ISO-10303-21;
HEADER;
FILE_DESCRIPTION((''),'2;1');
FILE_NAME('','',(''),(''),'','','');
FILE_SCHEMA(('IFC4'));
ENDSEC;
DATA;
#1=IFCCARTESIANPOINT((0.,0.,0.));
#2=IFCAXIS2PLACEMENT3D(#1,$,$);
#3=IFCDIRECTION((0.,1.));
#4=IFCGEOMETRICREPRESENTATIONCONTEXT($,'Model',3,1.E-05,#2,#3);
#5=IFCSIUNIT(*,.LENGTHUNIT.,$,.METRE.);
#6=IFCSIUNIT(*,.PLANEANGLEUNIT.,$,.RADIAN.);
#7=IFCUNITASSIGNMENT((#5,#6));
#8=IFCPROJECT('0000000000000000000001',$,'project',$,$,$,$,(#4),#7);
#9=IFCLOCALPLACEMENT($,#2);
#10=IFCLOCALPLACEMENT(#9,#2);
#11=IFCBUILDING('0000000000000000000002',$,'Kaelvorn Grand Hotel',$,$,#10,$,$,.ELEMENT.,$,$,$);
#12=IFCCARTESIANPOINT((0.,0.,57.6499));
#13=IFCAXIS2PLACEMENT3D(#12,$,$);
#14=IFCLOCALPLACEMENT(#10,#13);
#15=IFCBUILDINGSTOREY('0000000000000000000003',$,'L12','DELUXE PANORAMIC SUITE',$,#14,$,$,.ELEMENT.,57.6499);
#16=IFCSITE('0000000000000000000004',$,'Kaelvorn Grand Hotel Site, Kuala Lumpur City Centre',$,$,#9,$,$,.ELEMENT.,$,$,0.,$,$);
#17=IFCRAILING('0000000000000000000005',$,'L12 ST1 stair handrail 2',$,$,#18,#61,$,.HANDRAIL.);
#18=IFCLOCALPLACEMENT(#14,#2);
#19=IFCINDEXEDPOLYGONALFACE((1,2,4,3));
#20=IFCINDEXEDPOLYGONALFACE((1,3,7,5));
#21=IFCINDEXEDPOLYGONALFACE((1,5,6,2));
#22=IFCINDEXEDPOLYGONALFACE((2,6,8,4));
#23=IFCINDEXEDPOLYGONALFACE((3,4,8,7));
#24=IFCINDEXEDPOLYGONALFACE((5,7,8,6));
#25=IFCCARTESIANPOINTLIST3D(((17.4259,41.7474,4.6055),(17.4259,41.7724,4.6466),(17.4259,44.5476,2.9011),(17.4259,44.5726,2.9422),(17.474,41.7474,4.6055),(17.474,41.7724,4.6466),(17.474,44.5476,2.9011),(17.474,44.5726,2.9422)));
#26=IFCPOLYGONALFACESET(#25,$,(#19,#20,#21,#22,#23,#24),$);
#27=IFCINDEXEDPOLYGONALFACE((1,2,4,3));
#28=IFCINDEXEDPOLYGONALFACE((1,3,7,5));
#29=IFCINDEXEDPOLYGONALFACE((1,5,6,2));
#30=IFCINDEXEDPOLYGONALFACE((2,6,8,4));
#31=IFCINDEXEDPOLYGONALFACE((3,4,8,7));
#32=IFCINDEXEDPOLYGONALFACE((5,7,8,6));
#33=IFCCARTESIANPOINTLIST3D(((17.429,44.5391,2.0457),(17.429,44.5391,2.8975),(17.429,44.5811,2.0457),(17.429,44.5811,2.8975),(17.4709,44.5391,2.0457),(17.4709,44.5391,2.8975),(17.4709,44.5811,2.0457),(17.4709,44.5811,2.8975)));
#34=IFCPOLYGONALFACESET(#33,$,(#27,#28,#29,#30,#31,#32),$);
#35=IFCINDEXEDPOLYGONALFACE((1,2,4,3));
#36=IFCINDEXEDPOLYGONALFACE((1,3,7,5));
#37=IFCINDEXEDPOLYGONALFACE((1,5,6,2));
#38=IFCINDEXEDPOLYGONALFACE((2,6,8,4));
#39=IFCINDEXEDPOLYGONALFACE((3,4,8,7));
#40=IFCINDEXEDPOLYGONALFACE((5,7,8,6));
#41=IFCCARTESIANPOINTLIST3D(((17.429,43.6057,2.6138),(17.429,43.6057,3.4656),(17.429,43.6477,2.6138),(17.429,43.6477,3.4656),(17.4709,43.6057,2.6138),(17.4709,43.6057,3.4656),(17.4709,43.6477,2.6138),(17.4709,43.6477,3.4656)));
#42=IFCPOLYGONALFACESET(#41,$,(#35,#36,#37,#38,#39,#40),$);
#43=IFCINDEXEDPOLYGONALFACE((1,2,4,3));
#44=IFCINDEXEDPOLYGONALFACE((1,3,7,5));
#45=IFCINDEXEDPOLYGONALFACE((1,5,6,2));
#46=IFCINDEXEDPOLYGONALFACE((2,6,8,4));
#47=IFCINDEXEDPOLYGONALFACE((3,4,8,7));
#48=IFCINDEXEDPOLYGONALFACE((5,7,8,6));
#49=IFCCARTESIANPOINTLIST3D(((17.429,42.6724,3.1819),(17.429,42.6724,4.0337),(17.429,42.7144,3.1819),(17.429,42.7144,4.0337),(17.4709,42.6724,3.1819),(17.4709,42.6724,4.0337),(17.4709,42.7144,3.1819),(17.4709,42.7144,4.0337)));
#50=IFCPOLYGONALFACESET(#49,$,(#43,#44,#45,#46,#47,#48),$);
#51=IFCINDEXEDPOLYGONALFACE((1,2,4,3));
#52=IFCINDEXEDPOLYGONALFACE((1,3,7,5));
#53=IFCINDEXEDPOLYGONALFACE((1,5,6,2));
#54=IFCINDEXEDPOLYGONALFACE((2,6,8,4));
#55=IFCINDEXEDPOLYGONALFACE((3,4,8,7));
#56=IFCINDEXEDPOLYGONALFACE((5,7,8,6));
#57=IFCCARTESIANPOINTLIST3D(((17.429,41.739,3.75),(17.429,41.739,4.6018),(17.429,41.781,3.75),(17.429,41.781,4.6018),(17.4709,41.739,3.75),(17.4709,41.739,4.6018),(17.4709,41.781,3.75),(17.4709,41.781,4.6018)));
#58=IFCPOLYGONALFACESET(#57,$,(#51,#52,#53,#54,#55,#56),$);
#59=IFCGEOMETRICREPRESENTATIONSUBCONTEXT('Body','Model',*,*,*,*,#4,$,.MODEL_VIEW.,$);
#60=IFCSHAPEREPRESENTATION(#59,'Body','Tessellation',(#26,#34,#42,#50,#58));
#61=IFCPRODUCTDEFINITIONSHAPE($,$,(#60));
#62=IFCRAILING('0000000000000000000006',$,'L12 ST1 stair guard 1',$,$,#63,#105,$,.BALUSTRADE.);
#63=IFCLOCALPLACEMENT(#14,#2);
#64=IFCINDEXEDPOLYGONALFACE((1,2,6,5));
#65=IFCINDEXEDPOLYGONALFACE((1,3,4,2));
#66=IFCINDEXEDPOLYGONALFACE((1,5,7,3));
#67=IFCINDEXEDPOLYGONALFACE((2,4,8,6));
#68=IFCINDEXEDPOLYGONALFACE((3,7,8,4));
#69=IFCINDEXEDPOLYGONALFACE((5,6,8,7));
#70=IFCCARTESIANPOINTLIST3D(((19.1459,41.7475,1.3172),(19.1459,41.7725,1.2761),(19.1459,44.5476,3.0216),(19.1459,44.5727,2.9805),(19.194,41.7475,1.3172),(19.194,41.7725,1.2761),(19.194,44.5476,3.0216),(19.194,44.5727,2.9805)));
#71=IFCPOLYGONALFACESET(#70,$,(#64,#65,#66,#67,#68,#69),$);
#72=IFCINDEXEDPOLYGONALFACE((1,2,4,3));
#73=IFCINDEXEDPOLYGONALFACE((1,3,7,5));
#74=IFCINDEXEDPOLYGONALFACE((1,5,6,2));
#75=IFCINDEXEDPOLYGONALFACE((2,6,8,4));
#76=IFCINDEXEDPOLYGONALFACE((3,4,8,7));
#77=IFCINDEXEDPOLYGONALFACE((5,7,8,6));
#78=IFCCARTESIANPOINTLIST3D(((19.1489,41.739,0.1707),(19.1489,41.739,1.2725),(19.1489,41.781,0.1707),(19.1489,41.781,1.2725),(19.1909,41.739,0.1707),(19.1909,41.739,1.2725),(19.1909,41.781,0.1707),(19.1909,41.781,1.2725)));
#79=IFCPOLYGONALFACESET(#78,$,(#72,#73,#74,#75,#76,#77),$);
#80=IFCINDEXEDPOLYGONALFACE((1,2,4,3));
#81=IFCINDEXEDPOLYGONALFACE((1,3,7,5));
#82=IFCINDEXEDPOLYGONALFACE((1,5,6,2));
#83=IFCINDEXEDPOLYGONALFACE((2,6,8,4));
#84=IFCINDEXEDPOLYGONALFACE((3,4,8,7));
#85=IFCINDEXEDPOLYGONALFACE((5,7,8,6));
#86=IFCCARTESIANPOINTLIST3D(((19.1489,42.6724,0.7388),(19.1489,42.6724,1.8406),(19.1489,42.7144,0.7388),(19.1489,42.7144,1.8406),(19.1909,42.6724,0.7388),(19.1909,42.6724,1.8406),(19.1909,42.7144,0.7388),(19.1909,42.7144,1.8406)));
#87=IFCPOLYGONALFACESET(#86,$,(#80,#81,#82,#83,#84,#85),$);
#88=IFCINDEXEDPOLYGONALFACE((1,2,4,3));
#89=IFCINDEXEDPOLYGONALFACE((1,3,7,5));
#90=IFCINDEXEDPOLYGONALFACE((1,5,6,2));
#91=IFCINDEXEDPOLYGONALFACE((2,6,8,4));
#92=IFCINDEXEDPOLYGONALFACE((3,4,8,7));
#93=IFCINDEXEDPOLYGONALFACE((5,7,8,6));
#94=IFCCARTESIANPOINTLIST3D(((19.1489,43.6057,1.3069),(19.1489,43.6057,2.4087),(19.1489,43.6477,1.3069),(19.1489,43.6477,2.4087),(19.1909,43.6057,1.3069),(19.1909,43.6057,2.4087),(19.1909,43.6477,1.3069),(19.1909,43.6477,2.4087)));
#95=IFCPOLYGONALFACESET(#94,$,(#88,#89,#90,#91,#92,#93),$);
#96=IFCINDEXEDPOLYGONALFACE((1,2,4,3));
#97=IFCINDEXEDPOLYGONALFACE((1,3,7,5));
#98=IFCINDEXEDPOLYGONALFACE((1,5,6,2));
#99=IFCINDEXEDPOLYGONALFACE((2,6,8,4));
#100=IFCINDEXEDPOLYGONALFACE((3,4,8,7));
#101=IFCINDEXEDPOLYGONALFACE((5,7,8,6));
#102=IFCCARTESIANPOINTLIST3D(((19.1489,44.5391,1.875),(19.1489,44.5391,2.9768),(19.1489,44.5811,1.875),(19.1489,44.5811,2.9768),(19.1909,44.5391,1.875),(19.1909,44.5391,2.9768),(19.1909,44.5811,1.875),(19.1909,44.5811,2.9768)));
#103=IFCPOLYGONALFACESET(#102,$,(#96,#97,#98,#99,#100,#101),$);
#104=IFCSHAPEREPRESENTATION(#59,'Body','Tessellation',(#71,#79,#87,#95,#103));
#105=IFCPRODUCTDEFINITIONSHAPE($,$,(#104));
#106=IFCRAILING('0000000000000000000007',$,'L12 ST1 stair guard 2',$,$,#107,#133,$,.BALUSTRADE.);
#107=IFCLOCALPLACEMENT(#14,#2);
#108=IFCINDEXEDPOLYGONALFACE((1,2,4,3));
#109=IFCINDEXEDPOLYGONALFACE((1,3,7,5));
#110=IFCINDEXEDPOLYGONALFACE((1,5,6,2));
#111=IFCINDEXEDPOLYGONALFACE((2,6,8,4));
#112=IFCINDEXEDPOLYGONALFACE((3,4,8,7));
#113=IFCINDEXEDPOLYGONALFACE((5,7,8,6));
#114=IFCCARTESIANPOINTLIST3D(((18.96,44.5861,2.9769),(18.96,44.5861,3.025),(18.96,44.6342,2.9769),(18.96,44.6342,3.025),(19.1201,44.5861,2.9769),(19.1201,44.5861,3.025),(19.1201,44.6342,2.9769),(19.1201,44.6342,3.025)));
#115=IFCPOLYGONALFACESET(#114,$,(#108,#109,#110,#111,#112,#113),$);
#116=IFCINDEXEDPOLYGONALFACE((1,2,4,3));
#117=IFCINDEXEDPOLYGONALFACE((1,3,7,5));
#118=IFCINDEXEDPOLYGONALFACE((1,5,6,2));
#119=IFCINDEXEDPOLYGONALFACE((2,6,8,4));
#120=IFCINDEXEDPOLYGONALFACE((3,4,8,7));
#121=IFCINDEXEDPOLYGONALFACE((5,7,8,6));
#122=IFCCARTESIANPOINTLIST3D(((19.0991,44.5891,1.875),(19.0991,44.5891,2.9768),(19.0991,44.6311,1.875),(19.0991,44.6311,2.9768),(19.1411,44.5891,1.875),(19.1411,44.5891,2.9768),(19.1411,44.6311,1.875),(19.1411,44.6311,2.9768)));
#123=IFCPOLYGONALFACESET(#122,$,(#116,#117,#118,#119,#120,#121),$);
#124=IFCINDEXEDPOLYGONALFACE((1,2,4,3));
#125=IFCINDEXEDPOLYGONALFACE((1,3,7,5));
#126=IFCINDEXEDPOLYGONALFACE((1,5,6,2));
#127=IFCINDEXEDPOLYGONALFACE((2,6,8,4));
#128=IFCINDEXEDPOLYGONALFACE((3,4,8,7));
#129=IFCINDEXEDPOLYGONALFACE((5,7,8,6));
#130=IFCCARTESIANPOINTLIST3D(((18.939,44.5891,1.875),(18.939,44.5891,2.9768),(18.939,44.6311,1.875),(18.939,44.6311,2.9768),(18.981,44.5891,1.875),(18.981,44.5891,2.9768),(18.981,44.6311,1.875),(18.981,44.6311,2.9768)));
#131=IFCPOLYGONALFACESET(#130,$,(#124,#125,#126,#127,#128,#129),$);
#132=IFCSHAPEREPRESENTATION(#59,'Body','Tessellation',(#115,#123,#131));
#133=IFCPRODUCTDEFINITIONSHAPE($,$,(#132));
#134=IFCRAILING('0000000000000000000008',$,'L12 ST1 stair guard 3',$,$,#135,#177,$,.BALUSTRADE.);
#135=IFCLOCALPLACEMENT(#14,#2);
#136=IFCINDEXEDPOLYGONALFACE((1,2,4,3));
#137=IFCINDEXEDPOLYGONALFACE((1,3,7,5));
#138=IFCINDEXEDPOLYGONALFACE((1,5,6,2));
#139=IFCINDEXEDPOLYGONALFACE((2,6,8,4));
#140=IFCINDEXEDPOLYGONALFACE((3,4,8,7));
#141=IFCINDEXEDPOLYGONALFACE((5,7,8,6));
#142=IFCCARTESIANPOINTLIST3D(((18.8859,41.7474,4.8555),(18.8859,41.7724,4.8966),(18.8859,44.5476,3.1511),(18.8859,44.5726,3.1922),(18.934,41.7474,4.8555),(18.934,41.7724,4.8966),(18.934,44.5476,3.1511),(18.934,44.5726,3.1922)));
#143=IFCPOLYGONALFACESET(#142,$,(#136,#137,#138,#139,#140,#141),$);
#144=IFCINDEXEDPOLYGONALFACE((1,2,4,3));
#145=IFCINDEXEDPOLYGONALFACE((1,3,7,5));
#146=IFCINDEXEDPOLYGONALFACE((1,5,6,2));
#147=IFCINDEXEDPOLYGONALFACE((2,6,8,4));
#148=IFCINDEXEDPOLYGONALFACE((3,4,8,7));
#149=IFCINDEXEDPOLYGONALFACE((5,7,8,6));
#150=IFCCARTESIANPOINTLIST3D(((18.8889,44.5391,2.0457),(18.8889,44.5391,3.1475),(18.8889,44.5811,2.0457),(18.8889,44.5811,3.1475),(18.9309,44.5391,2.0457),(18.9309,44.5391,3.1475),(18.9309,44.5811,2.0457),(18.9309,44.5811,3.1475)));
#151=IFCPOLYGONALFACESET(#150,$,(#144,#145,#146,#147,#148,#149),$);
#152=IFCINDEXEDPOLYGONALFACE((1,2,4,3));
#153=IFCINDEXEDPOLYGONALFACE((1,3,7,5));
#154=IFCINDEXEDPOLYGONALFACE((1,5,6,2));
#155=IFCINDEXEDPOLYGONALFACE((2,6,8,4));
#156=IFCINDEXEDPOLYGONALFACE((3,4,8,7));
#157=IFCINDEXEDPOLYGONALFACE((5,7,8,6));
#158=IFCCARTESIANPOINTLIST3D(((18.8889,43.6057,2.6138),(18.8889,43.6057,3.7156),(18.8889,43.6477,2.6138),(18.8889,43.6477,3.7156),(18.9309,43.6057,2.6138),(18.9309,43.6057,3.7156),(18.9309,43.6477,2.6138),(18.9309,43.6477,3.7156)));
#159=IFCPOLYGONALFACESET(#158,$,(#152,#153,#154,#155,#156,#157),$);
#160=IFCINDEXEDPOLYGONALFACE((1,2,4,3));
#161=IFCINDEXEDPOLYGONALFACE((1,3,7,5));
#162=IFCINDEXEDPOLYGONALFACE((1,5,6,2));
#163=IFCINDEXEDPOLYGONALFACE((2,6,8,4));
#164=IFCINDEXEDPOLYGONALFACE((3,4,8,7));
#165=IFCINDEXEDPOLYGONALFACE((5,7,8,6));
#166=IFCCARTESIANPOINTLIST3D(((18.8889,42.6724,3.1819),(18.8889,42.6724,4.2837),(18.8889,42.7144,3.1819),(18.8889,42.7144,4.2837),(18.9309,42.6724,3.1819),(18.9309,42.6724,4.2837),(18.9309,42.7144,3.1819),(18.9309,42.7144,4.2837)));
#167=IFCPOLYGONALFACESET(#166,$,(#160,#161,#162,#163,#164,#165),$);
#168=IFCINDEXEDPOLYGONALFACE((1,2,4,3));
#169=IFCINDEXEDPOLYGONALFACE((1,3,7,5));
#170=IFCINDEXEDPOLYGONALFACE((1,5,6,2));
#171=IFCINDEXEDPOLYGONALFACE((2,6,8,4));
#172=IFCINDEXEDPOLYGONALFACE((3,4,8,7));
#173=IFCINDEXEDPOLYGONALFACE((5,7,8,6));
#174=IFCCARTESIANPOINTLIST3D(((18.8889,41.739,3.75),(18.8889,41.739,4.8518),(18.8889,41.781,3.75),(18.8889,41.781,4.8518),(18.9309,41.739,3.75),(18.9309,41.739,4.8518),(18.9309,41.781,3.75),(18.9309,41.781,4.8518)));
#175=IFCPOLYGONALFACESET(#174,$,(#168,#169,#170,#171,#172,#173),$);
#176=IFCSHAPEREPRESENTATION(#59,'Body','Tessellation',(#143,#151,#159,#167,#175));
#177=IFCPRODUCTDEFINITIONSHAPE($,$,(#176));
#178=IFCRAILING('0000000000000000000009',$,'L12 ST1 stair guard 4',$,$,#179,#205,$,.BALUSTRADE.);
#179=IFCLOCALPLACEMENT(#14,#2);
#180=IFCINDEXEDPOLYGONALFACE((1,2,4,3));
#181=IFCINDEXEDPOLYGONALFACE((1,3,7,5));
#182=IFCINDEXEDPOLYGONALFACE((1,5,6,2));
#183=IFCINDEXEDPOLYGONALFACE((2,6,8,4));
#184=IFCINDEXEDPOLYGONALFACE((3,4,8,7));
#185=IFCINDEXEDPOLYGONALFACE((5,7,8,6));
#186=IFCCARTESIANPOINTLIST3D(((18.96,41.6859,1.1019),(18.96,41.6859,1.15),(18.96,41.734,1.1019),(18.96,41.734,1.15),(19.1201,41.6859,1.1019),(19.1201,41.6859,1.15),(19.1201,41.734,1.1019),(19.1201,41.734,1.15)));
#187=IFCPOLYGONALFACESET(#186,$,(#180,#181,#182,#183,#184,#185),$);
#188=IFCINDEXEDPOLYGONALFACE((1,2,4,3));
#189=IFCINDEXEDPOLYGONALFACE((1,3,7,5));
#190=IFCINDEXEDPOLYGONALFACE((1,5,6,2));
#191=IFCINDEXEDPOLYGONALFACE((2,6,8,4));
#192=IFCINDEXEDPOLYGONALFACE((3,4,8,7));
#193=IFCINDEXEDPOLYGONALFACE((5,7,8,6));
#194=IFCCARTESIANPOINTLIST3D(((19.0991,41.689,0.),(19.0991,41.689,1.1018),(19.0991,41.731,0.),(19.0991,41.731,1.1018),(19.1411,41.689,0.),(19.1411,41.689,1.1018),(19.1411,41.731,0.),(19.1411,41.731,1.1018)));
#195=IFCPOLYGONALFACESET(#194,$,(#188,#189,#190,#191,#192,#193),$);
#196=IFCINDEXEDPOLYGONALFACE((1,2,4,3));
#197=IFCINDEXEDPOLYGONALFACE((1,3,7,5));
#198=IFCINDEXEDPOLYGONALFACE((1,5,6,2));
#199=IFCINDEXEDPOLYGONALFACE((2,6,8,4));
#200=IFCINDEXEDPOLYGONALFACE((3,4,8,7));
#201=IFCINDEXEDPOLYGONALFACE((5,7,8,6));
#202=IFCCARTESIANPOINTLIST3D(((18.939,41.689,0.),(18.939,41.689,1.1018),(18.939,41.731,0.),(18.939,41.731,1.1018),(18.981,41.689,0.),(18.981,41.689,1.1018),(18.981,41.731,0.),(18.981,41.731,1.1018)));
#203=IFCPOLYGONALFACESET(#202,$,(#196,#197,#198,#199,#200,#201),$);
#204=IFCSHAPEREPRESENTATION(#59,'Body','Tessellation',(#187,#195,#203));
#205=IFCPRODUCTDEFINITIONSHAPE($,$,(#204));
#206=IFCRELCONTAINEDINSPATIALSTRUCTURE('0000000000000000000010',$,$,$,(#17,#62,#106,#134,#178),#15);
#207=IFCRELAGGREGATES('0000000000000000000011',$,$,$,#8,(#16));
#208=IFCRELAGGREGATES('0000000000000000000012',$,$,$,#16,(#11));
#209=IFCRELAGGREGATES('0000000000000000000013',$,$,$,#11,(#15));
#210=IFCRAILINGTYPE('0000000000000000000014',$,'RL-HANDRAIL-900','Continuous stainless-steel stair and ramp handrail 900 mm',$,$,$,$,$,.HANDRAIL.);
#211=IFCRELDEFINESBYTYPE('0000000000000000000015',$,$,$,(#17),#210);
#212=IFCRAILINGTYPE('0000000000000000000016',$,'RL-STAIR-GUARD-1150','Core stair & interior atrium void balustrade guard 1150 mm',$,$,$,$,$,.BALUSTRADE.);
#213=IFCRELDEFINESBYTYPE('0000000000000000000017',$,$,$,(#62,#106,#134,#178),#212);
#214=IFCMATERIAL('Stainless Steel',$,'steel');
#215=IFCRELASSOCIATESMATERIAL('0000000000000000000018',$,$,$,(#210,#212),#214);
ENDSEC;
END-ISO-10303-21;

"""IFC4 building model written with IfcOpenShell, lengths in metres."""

from ifc_helpers import new_model, si_unit, direction, frame, origin, origin_2d, place, context, subcontext, project, spatial, rectangle, extrude, material, type_object, element, save


model = new_model("IFC4")

# Units and contexts
model_context = context("Model", 3, precision=1e-05, world=origin(), true_north=direction((0.0, 1.0)))
body_context = subcontext(model_context, "Body", "Model", "MODEL_VIEW")
ifc_project = project(units=[si_unit("LENGTHUNIT", "METRE"), si_unit("PLANEANGLEUNIT", "RADIAN")], contexts=[model_context])

# Site, building, storey
site_placement = place(None, origin())
site = spatial("IfcSite", under=ifc_project, at=site_placement, Name="Kaelvorn Grand Hotel Site, Kuala Lumpur City Centre", CompositionType="ELEMENT", RefElevation=0.0)
building_placement = place(site_placement, origin())
building = spatial("IfcBuilding", under=site, at=building_placement, Name="Kaelvorn Grand Hotel", CompositionType="ELEMENT")
storey_placement = place(building_placement, frame((0.0, 0.0, 57.6499)))
storey = spatial("IfcBuildingStorey", under=building, at=storey_placement, Name="L12", Description="DELUXE PANORAMIC SUITE", CompositionType="ELEMENT", Elevation=57.6499)

# Shared definitions
ifc_material_1 = material(Name="Stainless Steel", Category="steel")

# Railings
railing_type_1 = type_object("IfcRailingType", Name="RL-HANDRAIL-900", Description="Continuous stainless-steel stair and ramp handrail 900 mm", PredefinedType="HANDRAIL", material=ifc_material_1)
railing_1_placement = place(storey_placement, frame((17.45, 44.5601, 2.0457)))
element("IfcRailing", 1, at=railing_1_placement, inside=storey, type_object=railing_type_1, Name="L12 ST1 stair handrail 2", PredefinedType="HANDRAIL", context=body_context, shape_type="SweptSolid", body=[
    extrude(rectangle(XDim=0.0481, YDim=0.0481, at=origin_2d()), frame((0.0, 0.0, 0.876), z_axis=(0.0, -0.854203, 0.51994), x_axis=(1.0, 0.0, 0.0)), (0.0, 0.0, 1.0), 3.2781),
    extrude(rectangle(XDim=0.042, YDim=0.042, at=origin_2d()), origin(), (0.0, 0.0, 1.0), 0.8518),
    extrude(rectangle(XDim=0.042, YDim=0.042, at=origin_2d()), frame((0.0, -0.9333, 0.5681)), (0.0, 0.0, 1.0), 0.8518),
    extrude(rectangle(XDim=0.042, YDim=0.042, at=origin_2d()), frame((0.0, -1.8667, 1.1362)), (0.0, 0.0, 1.0), 0.8518),
    extrude(rectangle(XDim=0.042, YDim=0.042, at=origin_2d()), frame((0.0, -2.8, 1.7043)), (0.0, 0.0, 1.0), 0.8518),
])
railing_type_2 = type_object("IfcRailingType", Name="RL-STAIR-GUARD-1150", Description="Core stair & interior atrium void balustrade guard 1150 mm", PredefinedType="BALUSTRADE", material=ifc_material_1)
railing_2_placement = place(storey_placement, frame((19.1699, 41.76, 0.1707)))
element("IfcRailing", 2, at=railing_2_placement, inside=storey, type_object=railing_type_2, Name="L12 ST1 stair guard 1", PredefinedType="BALUSTRADE", context=body_context, shape_type="SweptSolid", body=[
    extrude(rectangle(XDim=0.0481, YDim=0.0481, at=origin_2d()), frame((0.0, 0.0, 1.126), z_axis=(0.0, 0.854203, 0.51994), x_axis=(-1.0, 0.0, 0.0)), (0.0, 0.0, 1.0), 3.2781),
    extrude(rectangle(XDim=0.042, YDim=0.042, at=origin_2d()), origin(), (0.0, 0.0, 1.0), 1.1018),
    extrude(rectangle(XDim=0.042, YDim=0.042, at=origin_2d()), frame((0.0, 0.9333, 0.5681)), (0.0, 0.0, 1.0), 1.1018),
    extrude(rectangle(XDim=0.042, YDim=0.042, at=origin_2d()), frame((0.0, 1.8667, 1.1362)), (0.0, 0.0, 1.0), 1.1018),
    extrude(rectangle(XDim=0.042, YDim=0.042, at=origin_2d()), frame((0.0, 2.8, 1.7043)), (0.0, 0.0, 1.0), 1.1018),
])
railing_3_placement = place(storey_placement, frame((19.1201, 44.6101, 1.875)))
element("IfcRailing", 3, at=railing_3_placement, inside=storey, type_object=railing_type_2, Name="L12 ST1 stair guard 2", PredefinedType="BALUSTRADE", context=body_context, shape_type="SweptSolid", body=[
    extrude(rectangle(XDim=0.0481, YDim=0.0481, at=origin_2d()), frame((0.0, 0.0, 1.126), z_axis=(-1.0, 0.0, 0.0), x_axis=(0.0, -1.0, 0.0)), (0.0, 0.0, 1.0), 0.1602),
    extrude(rectangle(XDim=0.042, YDim=0.042, at=origin_2d()), origin(), (0.0, 0.0, 1.0), 1.1018),
    extrude(rectangle(XDim=0.042, YDim=0.042, at=origin_2d()), frame((-0.1602, 0.0, 0.0)), (0.0, 0.0, 1.0), 1.1018),
])
railing_4_placement = place(storey_placement, frame((18.9099, 44.5601, 2.0457)))
element("IfcRailing", 4, at=railing_4_placement, inside=storey, type_object=railing_type_2, Name="L12 ST1 stair guard 3", PredefinedType="BALUSTRADE", context=body_context, shape_type="SweptSolid", body=[
    extrude(rectangle(XDim=0.0481, YDim=0.0481, at=origin_2d()), frame((0.0, 0.0, 1.126), z_axis=(0.0, -0.854203, 0.51994), x_axis=(1.0, 0.0, 0.0)), (0.0, 0.0, 1.0), 3.2781),
    extrude(rectangle(XDim=0.042, YDim=0.042, at=origin_2d()), origin(), (0.0, 0.0, 1.0), 1.1018),
    extrude(rectangle(XDim=0.042, YDim=0.042, at=origin_2d()), frame((0.0, -0.9333, 0.5681)), (0.0, 0.0, 1.0), 1.1018),
    extrude(rectangle(XDim=0.042, YDim=0.042, at=origin_2d()), frame((0.0, -1.8667, 1.1362)), (0.0, 0.0, 1.0), 1.1018),
    extrude(rectangle(XDim=0.042, YDim=0.042, at=origin_2d()), frame((0.0, -2.8, 1.7043)), (0.0, 0.0, 1.0), 1.1018),
])
railing_5_placement = place(storey_placement, frame((19.1201, 41.71, 0.0)))
element("IfcRailing", 5, at=railing_5_placement, inside=storey, type_object=railing_type_2, Name="L12 ST1 stair guard 4", PredefinedType="BALUSTRADE", context=body_context, shape_type="SweptSolid", body=[
    extrude(rectangle(XDim=0.0481, YDim=0.0481, at=origin_2d()), frame((0.0, 0.0, 1.126), z_axis=(-1.0, 0.0, 0.0), x_axis=(0.0, -1.0, 0.0)), (0.0, 0.0, 1.0), 0.1602),
    extrude(rectangle(XDim=0.042, YDim=0.042, at=origin_2d()), origin(), (0.0, 0.0, 1.0), 1.1018),
    extrude(rectangle(XDim=0.042, YDim=0.042, at=origin_2d()), frame((-0.1602, 0.0, 0.0)), (0.0, 0.0, 1.0), 1.1018),
])

save(model, "model.ifc")
